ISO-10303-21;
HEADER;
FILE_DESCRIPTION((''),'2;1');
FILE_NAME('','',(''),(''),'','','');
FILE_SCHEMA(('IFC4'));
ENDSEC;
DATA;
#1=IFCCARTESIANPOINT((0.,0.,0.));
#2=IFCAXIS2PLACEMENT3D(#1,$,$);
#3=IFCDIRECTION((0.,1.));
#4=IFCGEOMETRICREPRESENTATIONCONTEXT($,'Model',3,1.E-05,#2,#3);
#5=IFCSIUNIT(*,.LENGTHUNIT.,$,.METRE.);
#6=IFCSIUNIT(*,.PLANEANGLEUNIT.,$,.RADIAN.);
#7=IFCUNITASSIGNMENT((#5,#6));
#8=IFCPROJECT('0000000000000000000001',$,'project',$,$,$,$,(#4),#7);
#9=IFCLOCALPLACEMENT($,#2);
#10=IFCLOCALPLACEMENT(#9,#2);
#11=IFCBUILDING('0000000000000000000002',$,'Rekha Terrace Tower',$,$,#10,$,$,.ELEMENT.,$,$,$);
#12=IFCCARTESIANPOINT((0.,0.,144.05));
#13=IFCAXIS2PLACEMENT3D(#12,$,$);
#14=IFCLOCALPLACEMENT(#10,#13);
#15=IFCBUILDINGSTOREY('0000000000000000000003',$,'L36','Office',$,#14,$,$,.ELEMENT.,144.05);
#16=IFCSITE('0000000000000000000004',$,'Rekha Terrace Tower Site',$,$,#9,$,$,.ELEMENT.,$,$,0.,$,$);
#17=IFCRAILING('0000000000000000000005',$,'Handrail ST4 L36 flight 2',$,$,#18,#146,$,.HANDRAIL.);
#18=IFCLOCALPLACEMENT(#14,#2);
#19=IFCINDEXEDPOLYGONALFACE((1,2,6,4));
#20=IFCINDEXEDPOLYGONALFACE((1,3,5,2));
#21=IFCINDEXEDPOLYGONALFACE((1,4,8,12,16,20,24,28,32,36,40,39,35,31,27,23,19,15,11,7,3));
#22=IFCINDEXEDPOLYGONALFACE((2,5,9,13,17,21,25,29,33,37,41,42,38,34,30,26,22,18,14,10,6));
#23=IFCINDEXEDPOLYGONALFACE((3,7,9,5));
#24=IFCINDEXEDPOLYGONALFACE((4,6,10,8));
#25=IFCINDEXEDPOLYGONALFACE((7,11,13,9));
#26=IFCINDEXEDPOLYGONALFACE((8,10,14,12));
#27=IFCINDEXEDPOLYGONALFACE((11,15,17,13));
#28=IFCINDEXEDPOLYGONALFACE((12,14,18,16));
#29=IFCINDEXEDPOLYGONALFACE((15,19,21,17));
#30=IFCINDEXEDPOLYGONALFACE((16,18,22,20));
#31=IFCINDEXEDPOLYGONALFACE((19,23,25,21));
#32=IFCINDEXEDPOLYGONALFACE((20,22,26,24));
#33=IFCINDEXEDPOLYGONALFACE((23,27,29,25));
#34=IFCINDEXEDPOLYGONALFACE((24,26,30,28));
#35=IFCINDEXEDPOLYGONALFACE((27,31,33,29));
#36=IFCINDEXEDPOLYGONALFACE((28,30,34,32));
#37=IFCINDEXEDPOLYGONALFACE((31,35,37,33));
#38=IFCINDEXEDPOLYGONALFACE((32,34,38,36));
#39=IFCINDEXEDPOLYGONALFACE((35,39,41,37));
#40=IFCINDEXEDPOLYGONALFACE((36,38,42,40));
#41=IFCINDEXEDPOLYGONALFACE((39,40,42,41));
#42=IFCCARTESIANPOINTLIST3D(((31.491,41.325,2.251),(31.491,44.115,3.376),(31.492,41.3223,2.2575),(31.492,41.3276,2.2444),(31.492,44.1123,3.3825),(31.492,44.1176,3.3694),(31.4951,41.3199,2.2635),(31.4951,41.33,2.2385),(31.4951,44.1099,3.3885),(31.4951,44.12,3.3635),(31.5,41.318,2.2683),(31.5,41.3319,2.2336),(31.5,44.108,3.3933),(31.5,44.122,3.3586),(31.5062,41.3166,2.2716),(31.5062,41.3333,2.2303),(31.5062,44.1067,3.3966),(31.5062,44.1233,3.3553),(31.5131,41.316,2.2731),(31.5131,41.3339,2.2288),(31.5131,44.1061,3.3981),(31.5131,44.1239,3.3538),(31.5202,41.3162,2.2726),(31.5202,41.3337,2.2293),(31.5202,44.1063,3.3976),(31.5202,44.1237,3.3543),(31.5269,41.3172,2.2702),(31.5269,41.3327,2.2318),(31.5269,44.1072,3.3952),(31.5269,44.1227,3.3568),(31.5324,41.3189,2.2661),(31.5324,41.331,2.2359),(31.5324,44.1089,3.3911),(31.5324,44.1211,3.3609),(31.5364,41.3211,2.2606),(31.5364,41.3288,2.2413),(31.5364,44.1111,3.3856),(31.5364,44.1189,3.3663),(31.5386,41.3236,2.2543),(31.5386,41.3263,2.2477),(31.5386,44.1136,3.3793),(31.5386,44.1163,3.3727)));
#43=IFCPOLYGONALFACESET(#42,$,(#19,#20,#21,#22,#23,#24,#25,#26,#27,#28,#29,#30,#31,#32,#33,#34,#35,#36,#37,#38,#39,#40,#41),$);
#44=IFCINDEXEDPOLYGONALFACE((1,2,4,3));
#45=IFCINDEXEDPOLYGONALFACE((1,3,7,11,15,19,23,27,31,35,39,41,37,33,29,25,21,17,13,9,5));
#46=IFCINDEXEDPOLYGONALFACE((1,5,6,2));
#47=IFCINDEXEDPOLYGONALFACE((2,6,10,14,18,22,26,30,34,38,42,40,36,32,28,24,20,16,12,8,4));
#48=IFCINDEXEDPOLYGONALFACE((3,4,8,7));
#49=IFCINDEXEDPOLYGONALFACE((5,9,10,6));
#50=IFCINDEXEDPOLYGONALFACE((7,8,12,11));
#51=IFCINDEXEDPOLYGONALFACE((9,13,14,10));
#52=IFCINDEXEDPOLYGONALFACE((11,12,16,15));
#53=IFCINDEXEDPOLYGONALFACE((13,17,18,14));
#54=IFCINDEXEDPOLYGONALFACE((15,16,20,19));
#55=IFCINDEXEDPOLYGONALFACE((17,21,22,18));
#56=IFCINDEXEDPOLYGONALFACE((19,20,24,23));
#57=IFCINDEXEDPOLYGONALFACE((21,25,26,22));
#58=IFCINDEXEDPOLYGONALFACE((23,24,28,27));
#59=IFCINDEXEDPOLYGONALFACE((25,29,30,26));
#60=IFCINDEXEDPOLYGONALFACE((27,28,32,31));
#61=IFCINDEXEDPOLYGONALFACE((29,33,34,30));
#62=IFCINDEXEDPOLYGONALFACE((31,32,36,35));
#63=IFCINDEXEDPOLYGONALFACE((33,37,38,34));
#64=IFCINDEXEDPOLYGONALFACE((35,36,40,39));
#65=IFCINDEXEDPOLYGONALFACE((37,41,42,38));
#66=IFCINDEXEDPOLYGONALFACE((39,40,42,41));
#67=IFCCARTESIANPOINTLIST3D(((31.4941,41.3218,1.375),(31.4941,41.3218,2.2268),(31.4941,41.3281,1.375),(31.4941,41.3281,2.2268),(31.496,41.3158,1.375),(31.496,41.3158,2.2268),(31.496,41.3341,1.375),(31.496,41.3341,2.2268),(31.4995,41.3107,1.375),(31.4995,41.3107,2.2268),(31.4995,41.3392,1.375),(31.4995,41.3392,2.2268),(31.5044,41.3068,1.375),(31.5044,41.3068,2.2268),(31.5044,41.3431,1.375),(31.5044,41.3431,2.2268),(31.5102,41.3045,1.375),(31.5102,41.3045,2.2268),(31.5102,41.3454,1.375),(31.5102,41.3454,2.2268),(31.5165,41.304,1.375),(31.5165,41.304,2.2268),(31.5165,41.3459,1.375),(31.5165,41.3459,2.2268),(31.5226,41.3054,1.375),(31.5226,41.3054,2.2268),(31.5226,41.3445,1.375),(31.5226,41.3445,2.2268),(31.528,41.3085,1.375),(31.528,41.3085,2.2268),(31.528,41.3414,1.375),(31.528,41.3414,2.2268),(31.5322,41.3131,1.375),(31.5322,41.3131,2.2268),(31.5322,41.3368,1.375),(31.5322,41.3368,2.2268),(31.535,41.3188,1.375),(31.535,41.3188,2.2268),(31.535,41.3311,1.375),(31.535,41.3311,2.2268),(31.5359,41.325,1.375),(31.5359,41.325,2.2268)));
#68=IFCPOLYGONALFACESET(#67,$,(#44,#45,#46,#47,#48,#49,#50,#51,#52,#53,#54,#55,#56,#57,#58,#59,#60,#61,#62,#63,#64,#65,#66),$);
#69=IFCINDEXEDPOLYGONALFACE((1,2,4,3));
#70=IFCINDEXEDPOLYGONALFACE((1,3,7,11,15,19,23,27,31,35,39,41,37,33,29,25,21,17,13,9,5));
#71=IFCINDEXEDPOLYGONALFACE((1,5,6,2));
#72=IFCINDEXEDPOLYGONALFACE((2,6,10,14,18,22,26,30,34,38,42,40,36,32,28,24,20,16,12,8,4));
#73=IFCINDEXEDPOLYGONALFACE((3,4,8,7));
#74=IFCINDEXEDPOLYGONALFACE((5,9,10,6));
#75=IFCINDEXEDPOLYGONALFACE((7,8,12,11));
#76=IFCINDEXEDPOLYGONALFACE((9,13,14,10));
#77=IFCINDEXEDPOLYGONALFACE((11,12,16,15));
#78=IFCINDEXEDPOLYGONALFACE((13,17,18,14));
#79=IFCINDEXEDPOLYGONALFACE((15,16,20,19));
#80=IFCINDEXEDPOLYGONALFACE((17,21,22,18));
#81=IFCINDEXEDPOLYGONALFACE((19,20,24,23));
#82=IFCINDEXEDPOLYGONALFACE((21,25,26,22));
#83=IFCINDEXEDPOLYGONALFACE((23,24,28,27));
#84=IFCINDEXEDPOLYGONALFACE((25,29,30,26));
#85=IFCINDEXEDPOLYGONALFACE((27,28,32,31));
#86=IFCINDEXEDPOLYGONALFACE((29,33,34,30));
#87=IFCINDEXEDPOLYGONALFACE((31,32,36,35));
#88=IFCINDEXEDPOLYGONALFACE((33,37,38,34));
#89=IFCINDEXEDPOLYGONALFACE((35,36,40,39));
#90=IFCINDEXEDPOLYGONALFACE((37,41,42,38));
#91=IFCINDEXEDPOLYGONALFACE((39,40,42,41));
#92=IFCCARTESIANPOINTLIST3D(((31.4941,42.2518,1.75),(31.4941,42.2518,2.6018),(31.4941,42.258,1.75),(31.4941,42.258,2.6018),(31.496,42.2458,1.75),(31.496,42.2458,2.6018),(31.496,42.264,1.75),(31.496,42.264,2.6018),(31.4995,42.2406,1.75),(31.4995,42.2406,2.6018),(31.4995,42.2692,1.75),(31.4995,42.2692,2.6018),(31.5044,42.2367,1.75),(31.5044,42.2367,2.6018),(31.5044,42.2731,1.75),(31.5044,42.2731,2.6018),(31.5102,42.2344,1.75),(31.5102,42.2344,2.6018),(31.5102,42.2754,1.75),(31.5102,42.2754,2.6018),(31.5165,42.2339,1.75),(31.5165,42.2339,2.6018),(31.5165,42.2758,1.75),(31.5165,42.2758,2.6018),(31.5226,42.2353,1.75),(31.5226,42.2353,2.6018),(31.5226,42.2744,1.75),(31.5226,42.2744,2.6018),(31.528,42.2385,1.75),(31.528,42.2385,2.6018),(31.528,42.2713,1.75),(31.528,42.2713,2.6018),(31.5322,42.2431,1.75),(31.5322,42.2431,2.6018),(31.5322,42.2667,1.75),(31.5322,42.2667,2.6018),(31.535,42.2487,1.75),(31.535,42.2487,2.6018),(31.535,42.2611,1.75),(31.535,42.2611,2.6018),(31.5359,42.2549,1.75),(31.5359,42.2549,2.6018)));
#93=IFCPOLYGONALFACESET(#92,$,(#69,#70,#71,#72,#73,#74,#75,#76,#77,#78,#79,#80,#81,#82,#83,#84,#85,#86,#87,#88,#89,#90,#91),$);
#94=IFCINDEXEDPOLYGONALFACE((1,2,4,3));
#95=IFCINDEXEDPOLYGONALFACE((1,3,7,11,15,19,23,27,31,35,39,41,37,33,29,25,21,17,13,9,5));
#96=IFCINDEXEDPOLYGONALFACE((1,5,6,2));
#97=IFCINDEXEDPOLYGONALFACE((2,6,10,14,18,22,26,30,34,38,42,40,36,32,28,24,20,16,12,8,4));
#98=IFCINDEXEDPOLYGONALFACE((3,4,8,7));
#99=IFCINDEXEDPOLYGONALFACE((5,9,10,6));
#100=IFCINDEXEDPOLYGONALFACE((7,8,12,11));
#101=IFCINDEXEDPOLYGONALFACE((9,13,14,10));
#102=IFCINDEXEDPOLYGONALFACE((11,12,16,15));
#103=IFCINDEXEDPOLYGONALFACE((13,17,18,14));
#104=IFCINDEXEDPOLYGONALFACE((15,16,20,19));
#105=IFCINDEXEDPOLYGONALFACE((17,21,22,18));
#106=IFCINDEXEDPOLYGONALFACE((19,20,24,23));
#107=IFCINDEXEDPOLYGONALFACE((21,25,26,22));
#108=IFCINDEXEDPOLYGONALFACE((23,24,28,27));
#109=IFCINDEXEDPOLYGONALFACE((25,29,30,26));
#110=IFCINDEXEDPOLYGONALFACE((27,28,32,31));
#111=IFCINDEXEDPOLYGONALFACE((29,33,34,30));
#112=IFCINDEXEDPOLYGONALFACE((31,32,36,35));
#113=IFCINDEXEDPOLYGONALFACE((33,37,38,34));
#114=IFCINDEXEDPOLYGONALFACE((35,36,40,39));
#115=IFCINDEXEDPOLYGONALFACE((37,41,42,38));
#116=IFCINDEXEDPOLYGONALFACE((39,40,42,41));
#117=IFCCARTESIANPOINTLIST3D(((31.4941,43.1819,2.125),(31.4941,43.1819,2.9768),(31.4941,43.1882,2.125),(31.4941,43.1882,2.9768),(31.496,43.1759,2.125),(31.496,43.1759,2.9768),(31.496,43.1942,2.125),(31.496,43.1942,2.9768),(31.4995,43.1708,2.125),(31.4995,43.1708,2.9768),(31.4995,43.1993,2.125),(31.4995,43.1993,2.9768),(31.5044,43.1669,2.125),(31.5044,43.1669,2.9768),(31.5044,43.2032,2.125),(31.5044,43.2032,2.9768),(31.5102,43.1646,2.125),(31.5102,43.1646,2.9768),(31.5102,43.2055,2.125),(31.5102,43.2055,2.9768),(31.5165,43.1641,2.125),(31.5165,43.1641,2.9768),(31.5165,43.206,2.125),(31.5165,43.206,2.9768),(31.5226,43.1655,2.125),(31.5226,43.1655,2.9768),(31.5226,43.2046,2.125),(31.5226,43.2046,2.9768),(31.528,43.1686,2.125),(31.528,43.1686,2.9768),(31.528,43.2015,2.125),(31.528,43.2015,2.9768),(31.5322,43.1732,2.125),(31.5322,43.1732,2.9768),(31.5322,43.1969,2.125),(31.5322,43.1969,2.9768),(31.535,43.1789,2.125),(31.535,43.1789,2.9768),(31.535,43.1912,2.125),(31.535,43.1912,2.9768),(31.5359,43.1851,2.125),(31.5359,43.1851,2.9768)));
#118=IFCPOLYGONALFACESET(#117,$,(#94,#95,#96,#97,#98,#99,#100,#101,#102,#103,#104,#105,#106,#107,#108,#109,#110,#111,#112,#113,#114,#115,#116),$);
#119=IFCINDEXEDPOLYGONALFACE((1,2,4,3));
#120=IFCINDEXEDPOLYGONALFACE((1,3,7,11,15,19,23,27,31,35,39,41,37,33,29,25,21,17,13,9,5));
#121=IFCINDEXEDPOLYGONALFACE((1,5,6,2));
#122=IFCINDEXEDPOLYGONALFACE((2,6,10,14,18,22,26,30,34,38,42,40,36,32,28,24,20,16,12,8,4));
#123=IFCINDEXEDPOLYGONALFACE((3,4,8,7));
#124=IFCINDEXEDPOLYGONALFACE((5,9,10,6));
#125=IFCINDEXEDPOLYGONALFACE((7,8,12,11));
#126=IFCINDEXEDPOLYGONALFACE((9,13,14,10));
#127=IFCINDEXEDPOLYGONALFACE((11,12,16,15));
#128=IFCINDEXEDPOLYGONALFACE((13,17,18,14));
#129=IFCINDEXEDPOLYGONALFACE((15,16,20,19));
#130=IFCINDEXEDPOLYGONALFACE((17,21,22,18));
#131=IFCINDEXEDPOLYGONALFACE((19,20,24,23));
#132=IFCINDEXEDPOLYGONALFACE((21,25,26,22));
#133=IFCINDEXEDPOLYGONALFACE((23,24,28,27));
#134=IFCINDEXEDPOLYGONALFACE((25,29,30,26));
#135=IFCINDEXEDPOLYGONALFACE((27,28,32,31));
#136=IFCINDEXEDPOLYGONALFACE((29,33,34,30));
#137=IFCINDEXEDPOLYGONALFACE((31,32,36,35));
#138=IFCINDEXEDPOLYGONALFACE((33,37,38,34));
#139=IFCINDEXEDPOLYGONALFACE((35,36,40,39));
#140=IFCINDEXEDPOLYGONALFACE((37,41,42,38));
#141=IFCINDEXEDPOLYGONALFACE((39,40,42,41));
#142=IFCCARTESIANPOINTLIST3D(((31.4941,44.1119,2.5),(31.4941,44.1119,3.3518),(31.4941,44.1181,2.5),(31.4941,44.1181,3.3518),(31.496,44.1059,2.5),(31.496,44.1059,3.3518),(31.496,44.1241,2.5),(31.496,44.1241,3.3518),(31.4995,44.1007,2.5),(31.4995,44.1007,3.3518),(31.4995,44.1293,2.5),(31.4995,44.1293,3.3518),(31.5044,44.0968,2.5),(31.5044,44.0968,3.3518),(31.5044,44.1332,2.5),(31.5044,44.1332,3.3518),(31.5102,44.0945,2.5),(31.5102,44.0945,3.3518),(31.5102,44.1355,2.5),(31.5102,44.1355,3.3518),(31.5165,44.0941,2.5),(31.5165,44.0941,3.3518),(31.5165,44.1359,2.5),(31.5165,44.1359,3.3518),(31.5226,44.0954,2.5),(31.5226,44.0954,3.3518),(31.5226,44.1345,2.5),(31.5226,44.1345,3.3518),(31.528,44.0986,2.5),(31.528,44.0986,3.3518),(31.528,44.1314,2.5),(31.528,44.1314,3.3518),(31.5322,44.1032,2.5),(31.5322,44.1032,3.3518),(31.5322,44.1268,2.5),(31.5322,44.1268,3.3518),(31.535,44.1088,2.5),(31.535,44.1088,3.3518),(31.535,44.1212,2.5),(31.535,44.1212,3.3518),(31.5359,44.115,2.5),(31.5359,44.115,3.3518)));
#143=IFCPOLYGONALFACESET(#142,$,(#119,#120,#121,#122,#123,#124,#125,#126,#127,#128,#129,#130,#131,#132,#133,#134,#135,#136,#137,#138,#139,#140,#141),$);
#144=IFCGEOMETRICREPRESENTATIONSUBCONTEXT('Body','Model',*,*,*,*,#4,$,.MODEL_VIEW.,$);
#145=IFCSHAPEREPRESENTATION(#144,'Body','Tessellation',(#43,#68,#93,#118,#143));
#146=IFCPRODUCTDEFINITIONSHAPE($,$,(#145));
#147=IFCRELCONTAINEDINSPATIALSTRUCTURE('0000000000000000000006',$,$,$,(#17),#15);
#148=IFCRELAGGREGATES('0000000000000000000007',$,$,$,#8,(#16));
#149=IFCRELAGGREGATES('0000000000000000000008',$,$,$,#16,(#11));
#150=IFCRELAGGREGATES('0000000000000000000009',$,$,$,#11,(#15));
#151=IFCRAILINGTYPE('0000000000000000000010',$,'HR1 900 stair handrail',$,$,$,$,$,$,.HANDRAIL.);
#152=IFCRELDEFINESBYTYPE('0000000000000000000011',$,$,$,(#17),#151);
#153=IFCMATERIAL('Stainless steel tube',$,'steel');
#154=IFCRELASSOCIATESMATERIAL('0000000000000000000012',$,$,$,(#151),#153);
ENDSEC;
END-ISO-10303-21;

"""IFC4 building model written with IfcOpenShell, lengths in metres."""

from ifc_helpers import new_model, si_unit, direction, frame, origin, origin_2d, place, context, subcontext, project, spatial, circle, extrude, material, type_object, element, save


model = new_model("IFC4")

# Units and contexts
model_context = context("Model", 3, precision=1e-05, world=origin(), true_north=direction((0.0, 1.0)))
body_context = subcontext(model_context, "Body", "Model", "MODEL_VIEW")
ifc_project = project(units=[si_unit("LENGTHUNIT", "METRE"), si_unit("PLANEANGLEUNIT", "RADIAN")], contexts=[model_context])

# Site, building, storey
site_placement = place(None, origin())
site = spatial("IfcSite", under=ifc_project, at=site_placement, Name="Rekha Terrace Tower Site", CompositionType="ELEMENT", RefElevation=0.0)
building_placement = place(site_placement, origin())
building = spatial("IfcBuilding", under=site, at=building_placement, Name="Rekha Terrace Tower", CompositionType="ELEMENT")
storey_placement = place(building_placement, frame((0.0, 0.0, 144.05)))
storey = spatial("IfcBuildingStorey", under=building, at=storey_placement, Name="L36", Description="Office", CompositionType="ELEMENT", Elevation=144.05)

# Railing
ifc_material_1 = material(Name="Stainless steel tube", Category="steel")
railing_type_1 = type_object("IfcRailingType", Name="HR1 900 stair handrail", PredefinedType="HANDRAIL", material=ifc_material_1)
railing_1_placement = place(storey_placement, frame((31.5149, 41.325, 1.375)))
element("IfcRailing", 1, at=railing_1_placement, inside=storey, type_object=railing_type_1, Name="Handrail ST4 L36 flight 2", PredefinedType="HANDRAIL", context=body_context, shape_type="SweptSolid", body=[
    extrude(circle(Radius=0.0239, at=origin_2d()), frame((0.0, 0.0, 0.876), z_axis=(0.0, 0.927443, 0.373964), x_axis=(-1.0, 0.0, 0.0)), (0.0, 0.0, 1.0), 3.0083),
    extrude(circle(Radius=0.021, at=origin_2d()), origin(), (0.0, 0.0, 1.0), 0.8518),
    extrude(circle(Radius=0.021, at=origin_2d()), frame((0.0, 0.9299, 0.375)), (0.0, 0.0, 1.0), 0.8518),
    extrude(circle(Radius=0.021, at=origin_2d()), frame((0.0, 1.8601, 0.75)), (0.0, 0.0, 1.0), 0.8518),
    extrude(circle(Radius=0.021, at=origin_2d()), frame((0.0, 2.79, 1.125)), (0.0, 0.0, 1.0), 0.8518),
])

save(model, "model.ifc")
